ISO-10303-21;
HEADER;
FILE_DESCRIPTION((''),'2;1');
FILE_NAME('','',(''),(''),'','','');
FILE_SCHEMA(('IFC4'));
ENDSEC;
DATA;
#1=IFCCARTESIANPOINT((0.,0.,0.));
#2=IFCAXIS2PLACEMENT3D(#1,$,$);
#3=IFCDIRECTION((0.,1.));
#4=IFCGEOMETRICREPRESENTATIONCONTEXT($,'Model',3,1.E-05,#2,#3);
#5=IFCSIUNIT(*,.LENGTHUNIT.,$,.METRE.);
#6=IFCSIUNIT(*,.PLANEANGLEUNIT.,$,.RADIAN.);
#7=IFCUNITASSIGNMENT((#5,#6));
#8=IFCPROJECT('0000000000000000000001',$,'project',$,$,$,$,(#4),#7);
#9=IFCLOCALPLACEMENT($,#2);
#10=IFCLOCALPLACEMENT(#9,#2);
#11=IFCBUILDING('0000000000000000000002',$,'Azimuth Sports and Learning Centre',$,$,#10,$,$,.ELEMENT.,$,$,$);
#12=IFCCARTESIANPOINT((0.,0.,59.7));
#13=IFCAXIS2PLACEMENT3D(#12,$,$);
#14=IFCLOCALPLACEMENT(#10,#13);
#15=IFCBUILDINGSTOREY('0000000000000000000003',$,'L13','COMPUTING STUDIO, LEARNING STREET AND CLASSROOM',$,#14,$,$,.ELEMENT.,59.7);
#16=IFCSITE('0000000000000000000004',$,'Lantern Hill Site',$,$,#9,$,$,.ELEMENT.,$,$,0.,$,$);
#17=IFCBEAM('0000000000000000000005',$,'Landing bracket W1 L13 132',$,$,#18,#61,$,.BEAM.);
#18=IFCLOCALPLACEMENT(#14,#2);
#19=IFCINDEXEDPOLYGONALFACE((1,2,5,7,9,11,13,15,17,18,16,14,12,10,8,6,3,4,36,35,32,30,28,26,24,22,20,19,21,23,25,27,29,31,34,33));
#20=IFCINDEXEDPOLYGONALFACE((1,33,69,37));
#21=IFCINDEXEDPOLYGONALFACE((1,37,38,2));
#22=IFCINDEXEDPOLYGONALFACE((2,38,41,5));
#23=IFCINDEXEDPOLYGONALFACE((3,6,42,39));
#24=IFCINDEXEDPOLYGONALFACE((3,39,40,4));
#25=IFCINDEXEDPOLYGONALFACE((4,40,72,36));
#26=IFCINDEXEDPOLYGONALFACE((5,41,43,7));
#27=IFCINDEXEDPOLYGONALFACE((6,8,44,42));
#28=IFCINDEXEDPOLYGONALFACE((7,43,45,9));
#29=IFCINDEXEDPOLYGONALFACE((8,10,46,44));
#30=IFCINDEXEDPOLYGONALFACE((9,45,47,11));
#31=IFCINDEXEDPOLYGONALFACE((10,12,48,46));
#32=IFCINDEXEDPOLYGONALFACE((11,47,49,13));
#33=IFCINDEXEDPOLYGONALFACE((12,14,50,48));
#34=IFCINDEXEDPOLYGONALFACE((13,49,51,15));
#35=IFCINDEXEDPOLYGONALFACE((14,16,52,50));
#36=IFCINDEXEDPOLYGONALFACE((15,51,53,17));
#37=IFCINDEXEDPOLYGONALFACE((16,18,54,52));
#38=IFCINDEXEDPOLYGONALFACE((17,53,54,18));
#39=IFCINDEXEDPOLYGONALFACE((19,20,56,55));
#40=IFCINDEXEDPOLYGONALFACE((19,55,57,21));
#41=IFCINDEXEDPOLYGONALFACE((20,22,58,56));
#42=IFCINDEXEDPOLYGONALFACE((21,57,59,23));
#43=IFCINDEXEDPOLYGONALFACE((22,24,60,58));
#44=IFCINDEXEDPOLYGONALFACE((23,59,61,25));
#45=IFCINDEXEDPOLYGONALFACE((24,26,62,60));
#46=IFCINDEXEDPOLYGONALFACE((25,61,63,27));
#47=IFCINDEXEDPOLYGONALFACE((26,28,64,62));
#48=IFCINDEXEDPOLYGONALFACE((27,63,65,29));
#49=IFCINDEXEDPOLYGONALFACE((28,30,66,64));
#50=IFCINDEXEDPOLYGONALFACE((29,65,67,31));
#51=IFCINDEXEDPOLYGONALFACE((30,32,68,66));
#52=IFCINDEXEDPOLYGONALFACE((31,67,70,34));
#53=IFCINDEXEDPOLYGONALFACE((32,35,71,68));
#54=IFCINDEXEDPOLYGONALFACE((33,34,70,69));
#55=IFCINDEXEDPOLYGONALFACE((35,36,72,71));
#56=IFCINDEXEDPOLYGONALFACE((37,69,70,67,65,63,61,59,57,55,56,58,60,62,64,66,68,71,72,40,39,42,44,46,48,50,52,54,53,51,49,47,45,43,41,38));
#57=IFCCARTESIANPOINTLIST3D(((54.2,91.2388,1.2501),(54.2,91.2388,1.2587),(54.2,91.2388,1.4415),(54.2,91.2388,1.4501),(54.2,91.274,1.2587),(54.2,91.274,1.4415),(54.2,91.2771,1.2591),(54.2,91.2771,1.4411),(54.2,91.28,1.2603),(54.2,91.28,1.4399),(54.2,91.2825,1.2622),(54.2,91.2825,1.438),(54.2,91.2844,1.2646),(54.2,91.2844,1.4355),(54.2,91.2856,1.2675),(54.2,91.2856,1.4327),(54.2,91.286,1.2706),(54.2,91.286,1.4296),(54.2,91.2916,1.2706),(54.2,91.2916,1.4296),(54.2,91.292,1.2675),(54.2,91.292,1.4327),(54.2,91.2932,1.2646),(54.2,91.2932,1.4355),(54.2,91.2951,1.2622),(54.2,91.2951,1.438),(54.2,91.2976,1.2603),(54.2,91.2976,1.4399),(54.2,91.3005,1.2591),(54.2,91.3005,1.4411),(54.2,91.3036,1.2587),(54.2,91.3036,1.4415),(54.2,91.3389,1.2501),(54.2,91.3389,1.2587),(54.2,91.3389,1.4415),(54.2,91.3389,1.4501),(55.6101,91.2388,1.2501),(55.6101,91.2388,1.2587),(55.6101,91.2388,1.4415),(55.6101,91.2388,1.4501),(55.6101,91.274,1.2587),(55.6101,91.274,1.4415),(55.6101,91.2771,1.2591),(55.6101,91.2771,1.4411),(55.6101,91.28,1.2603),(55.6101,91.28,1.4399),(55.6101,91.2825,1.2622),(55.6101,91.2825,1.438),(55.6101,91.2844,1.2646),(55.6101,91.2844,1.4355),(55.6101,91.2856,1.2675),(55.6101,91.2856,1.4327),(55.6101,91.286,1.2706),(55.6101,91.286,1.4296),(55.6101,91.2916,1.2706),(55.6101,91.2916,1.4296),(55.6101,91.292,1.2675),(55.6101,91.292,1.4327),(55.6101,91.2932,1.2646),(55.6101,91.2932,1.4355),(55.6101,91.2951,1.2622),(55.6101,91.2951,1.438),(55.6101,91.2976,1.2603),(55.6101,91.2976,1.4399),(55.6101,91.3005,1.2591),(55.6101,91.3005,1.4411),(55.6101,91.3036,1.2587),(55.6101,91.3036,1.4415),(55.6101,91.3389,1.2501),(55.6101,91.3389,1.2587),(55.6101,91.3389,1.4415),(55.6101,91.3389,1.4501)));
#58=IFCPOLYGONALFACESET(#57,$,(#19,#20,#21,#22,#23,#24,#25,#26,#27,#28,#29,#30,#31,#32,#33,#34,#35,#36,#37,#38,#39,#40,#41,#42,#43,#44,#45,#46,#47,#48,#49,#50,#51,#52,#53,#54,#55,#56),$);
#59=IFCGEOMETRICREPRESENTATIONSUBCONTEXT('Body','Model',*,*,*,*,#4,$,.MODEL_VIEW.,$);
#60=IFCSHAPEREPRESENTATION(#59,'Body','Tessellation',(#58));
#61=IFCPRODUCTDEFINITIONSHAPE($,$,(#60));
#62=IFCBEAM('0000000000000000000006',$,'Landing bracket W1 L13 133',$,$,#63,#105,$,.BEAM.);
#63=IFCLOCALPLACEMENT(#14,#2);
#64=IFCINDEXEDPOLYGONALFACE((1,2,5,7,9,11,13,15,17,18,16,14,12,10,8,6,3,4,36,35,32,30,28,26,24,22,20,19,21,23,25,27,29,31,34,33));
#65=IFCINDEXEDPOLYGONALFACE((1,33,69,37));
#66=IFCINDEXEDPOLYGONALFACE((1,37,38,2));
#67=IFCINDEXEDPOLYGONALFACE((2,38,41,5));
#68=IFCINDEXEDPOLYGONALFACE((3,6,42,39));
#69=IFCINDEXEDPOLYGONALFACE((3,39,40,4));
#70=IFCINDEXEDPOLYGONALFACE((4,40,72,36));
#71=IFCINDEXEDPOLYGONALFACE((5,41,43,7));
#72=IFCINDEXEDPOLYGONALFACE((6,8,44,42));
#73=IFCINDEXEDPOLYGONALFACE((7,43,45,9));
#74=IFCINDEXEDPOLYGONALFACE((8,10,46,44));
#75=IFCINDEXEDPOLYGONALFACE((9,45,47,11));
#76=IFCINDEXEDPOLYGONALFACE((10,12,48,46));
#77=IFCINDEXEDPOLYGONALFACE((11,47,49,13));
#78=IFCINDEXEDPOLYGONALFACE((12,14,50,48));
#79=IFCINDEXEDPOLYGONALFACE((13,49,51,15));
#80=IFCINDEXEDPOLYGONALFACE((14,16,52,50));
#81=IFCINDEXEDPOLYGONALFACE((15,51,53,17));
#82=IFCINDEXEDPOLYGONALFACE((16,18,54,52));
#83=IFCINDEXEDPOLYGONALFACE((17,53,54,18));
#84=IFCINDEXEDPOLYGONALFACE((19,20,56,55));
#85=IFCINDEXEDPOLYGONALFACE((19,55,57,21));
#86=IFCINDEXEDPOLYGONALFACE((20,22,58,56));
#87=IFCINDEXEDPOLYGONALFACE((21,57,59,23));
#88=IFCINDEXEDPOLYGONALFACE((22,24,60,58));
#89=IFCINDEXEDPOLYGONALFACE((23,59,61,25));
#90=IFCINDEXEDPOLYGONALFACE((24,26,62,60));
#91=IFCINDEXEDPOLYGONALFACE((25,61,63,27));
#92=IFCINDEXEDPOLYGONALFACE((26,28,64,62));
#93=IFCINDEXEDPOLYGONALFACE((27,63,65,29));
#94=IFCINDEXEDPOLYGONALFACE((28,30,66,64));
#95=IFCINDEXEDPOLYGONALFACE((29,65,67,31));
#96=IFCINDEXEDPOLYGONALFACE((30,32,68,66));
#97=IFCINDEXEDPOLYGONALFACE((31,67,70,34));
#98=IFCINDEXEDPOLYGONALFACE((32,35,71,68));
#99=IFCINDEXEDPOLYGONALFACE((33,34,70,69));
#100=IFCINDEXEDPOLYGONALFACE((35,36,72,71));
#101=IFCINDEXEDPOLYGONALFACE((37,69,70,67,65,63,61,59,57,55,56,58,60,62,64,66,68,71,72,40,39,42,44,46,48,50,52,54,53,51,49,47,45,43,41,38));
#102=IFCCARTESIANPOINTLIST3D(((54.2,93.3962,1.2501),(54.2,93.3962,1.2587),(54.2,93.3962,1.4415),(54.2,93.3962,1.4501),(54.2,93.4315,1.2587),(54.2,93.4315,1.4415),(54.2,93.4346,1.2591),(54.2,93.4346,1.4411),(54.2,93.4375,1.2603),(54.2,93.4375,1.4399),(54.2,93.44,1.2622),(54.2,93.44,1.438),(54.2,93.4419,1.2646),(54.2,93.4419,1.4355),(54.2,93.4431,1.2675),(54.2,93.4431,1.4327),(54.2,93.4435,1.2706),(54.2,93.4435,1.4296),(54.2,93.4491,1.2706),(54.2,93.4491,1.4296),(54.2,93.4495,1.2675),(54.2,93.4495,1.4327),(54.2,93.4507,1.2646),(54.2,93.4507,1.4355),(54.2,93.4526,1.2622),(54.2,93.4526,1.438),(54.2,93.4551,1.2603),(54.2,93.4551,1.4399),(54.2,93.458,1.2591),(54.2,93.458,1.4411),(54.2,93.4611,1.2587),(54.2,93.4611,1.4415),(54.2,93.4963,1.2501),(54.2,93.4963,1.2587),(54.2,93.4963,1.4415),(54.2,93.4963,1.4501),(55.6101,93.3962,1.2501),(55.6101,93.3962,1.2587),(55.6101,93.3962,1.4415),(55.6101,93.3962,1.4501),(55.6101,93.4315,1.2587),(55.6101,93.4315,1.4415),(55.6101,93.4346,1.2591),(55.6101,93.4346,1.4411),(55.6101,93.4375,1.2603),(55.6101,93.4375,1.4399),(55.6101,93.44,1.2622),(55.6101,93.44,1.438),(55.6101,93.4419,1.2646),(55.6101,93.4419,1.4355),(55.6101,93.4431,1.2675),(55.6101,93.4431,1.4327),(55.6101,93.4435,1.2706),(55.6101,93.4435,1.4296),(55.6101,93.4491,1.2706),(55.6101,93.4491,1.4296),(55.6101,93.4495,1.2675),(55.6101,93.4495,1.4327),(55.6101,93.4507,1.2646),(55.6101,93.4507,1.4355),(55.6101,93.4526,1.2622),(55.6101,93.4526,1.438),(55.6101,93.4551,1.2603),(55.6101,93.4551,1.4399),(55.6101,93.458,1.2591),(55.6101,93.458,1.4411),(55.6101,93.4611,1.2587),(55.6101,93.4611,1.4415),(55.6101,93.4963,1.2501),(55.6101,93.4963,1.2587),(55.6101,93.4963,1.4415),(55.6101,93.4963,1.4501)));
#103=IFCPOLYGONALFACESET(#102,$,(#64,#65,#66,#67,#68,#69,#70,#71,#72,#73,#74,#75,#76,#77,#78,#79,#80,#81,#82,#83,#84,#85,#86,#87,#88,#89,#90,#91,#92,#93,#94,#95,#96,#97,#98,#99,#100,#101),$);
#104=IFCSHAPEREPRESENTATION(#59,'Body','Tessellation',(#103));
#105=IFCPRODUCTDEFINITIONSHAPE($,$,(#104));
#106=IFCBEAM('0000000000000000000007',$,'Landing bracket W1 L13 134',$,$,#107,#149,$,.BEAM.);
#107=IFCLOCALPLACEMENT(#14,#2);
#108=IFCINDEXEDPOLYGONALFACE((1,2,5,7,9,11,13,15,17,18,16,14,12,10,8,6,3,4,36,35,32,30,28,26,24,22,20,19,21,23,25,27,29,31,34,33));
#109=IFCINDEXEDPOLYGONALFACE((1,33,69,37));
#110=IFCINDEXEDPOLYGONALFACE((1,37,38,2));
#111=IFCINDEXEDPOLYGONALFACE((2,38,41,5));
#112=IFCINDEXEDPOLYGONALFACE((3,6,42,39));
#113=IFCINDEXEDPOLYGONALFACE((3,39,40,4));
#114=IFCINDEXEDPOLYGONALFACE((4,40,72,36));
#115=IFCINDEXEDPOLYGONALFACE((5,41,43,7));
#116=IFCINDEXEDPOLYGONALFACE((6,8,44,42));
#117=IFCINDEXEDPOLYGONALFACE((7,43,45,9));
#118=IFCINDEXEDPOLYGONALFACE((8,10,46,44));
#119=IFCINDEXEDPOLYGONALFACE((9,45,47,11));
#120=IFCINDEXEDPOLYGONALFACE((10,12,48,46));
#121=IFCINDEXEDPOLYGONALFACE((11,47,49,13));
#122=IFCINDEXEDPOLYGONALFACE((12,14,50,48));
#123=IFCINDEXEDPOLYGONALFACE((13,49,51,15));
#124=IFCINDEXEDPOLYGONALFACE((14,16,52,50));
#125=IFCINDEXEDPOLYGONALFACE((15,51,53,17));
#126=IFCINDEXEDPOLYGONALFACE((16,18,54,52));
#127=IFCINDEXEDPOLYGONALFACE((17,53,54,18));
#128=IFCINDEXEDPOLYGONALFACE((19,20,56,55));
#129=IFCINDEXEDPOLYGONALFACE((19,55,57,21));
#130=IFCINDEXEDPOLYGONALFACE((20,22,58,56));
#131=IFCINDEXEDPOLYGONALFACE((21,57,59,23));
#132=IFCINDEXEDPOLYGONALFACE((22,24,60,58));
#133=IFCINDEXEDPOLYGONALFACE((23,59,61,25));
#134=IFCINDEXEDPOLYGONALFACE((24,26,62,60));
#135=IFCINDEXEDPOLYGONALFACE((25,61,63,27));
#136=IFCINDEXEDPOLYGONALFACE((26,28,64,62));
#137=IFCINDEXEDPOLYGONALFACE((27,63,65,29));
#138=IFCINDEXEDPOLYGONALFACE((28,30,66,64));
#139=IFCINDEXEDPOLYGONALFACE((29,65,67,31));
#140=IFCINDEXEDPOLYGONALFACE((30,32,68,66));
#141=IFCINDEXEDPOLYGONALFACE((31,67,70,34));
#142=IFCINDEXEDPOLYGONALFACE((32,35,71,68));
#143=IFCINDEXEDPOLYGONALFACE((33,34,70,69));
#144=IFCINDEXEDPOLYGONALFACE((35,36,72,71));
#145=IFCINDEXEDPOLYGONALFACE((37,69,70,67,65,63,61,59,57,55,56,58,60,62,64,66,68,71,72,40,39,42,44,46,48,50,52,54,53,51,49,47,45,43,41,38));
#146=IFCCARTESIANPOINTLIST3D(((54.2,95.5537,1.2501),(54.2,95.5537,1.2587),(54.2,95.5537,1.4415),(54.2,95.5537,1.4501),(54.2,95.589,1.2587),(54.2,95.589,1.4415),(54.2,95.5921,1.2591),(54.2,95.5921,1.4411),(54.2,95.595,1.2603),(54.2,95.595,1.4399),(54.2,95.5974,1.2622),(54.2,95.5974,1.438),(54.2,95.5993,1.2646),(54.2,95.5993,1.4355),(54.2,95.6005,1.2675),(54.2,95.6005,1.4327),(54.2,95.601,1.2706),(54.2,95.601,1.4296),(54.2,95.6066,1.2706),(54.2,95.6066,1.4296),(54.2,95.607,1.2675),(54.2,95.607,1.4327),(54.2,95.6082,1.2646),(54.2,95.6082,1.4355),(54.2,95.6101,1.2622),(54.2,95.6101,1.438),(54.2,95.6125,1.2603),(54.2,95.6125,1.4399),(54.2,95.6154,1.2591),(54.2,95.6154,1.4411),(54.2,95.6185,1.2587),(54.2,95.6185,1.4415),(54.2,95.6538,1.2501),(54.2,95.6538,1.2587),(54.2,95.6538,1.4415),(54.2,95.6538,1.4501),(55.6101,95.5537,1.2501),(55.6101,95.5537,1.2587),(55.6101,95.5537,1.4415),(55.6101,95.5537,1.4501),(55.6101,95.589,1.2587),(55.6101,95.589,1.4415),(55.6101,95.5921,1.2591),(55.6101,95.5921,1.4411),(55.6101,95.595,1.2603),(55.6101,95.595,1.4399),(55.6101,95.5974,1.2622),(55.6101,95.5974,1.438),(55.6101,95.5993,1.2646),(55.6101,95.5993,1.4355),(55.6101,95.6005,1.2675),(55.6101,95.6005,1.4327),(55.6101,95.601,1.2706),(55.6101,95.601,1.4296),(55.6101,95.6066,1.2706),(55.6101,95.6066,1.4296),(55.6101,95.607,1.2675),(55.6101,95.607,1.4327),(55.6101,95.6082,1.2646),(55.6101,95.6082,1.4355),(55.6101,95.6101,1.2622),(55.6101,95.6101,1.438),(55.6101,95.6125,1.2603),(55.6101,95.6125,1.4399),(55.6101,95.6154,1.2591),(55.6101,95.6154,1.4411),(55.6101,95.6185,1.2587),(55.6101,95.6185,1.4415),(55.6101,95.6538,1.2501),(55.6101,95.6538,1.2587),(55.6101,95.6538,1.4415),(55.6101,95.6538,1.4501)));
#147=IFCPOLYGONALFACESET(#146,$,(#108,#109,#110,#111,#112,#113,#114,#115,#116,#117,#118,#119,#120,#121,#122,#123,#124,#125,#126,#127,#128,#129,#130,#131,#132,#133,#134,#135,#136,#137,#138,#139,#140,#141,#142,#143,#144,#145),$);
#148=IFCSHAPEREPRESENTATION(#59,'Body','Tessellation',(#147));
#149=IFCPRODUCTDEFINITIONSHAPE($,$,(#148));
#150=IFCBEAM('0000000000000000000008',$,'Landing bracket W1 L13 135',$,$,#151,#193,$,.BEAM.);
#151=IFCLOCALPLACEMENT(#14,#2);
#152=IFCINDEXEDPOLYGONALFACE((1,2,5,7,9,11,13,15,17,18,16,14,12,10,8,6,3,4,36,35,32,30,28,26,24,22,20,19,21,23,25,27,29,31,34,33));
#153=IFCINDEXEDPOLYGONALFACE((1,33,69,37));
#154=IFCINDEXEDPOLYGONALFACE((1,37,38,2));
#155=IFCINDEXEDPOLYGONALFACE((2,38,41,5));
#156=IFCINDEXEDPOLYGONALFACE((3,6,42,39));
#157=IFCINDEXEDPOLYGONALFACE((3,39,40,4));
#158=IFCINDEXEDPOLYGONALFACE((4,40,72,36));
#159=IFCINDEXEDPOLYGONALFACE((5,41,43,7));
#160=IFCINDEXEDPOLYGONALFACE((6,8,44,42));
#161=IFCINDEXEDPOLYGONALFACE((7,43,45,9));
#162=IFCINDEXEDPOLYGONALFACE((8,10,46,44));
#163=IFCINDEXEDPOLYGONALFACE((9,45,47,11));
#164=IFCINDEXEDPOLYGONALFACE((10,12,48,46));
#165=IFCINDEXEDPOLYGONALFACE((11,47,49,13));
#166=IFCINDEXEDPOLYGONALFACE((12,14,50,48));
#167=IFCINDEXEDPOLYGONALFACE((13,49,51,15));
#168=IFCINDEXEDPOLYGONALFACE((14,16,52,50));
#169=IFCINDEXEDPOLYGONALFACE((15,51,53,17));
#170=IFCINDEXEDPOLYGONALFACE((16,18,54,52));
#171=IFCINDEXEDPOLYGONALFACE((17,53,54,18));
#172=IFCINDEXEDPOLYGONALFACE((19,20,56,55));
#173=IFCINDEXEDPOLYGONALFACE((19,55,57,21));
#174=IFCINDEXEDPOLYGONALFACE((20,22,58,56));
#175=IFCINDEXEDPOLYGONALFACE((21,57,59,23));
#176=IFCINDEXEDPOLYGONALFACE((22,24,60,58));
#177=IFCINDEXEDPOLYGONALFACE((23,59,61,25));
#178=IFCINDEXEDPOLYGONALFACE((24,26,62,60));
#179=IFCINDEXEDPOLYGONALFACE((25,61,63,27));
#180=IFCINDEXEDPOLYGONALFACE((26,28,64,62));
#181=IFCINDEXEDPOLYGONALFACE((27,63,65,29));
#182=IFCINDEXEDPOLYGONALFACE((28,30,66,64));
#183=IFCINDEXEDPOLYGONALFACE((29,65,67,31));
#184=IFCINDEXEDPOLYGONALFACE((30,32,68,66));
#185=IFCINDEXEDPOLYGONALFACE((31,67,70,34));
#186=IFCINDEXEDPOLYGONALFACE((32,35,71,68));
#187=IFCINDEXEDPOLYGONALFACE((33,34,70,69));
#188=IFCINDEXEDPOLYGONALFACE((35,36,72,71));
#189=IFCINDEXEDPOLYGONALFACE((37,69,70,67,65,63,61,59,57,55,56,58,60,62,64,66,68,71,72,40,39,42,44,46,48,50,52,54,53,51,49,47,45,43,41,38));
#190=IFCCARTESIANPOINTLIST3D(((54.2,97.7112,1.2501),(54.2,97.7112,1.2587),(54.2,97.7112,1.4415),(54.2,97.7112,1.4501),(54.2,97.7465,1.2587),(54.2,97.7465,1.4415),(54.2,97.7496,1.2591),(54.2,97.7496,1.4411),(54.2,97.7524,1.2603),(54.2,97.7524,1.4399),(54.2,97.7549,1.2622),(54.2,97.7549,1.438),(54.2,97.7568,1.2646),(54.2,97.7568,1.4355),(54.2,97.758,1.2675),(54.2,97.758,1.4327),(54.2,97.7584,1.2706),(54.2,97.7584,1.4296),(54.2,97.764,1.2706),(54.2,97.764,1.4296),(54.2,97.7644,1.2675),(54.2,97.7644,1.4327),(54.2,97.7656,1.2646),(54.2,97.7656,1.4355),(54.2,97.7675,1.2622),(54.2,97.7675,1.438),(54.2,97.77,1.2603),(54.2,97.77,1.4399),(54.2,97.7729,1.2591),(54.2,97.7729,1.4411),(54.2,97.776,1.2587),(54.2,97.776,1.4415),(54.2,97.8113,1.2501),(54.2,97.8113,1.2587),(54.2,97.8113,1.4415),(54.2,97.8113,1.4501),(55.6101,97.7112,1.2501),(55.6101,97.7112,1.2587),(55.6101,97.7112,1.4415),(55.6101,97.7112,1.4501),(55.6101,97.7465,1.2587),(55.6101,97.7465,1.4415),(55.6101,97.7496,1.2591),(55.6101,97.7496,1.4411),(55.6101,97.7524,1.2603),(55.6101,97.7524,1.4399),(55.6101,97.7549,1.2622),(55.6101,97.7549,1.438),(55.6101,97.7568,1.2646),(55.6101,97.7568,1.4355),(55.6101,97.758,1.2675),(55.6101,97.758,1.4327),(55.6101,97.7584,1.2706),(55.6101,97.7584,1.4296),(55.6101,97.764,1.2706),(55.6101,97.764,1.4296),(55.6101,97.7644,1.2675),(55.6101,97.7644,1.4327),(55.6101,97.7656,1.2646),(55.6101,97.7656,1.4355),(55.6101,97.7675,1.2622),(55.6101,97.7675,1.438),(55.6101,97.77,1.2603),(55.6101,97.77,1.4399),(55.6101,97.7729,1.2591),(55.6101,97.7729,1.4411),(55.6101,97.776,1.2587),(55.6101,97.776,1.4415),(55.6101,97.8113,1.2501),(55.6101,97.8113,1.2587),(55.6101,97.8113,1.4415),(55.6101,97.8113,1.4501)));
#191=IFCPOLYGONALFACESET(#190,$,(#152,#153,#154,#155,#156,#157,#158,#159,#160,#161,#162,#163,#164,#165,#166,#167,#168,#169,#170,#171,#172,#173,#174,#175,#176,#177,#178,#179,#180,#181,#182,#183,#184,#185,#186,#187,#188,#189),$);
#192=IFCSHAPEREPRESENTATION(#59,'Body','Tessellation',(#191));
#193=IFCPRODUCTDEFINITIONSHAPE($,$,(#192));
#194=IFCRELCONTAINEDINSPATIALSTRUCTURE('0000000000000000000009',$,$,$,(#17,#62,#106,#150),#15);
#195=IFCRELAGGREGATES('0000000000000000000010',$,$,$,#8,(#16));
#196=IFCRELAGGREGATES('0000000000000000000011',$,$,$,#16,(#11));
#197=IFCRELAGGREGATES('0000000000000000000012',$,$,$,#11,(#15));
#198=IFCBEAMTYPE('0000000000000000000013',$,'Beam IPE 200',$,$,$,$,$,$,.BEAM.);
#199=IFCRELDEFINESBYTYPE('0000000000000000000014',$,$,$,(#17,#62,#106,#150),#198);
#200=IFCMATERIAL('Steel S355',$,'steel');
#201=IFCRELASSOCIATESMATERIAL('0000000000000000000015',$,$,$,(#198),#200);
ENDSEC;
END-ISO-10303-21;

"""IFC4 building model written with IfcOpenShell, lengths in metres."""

from ifc_helpers import new_model, si_unit, direction, frame, origin, origin_2d, place, context, subcontext, project, spatial, i_section, extrude, material, material_profile, profile_set, type_object, element, save


model = new_model("IFC4")

# Units and contexts
model_context = context("Model", 3, precision=1e-05, world=origin(), true_north=direction((0.0, 1.0)))
body_context = subcontext(model_context, "Body", "Model", "MODEL_VIEW")
ifc_project = project(units=[si_unit("LENGTHUNIT", "METRE"), si_unit("PLANEANGLEUNIT", "RADIAN")], contexts=[model_context])

# Site, building, storey
site_placement = place(None, origin())
site = spatial("IfcSite", under=ifc_project, at=site_placement, Name="Lantern Hill Site", CompositionType="ELEMENT", RefElevation=0.0)
building_placement = place(site_placement, origin())
building = spatial("IfcBuilding", under=site, at=building_placement, Name="Azimuth Sports and Learning Centre", CompositionType="ELEMENT")
storey_placement = place(building_placement, frame((0.0, 0.0, 59.7)))
storey = spatial("IfcBuildingStorey", under=building, at=storey_placement, Name="L13", Description="COMPUTING STUDIO, LEARNING STREET AND CLASSROOM", CompositionType="ELEMENT", Elevation=59.7)

# Beams
ifc_material_1 = material(Name="Steel S355", Category="steel")
ifc_material_profile = material_profile(ifc_material_1, i_section(OverallWidth=0.1001, OverallDepth=0.2, WebThickness=0.0056, FlangeThickness=0.0085, FilletRadius=0.012, at=origin_2d()), Name="IPE 200")
ifc_profile_set = profile_set([ifc_material_profile], Name="Steel S355")
beam_type = type_object("IfcBeamType", Name="Beam IPE 200", PredefinedType="BEAM", material=ifc_profile_set)
for number, where, z_axis, x_axis, name in (
    (1, (54.2, 91.2888, 1.3501), (1.0, 0.0, 0.0), (0.0, 1.0, 0.0), "Landing bracket W1 L13 132"),
    (2, (54.2, 93.4463, 1.3501), (1.0, 0.0, 0.0), (0.0, 1.0, 0.0), "Landing bracket W1 L13 133"),
    (3, (54.2, 95.6038, 1.3501), (1.0, 0.0, 0.0), (0.0, 1.0, 0.0), "Landing bracket W1 L13 134"),
    (4, (54.2, 97.7612, 1.3501), (1.0, 0.0, 0.0), (0.0, 1.0, 0.0), "Landing bracket W1 L13 135"),
):
    element("IfcBeam", number, at=place(storey_placement, frame(where, z_axis=z_axis, x_axis=x_axis)), inside=storey, type_object=beam_type, Name=name, PredefinedType="BEAM", context=body_context, shape_type="SweptSolid", body=[
        extrude(i_section(OverallWidth=0.1001, OverallDepth=0.2, WebThickness=0.0056, FlangeThickness=0.0085, FilletRadius=0.012, at=origin_2d()), origin(), (0.0, 0.0, 1.0), 1.4102),
    ])

save(model, "model.ifc")
